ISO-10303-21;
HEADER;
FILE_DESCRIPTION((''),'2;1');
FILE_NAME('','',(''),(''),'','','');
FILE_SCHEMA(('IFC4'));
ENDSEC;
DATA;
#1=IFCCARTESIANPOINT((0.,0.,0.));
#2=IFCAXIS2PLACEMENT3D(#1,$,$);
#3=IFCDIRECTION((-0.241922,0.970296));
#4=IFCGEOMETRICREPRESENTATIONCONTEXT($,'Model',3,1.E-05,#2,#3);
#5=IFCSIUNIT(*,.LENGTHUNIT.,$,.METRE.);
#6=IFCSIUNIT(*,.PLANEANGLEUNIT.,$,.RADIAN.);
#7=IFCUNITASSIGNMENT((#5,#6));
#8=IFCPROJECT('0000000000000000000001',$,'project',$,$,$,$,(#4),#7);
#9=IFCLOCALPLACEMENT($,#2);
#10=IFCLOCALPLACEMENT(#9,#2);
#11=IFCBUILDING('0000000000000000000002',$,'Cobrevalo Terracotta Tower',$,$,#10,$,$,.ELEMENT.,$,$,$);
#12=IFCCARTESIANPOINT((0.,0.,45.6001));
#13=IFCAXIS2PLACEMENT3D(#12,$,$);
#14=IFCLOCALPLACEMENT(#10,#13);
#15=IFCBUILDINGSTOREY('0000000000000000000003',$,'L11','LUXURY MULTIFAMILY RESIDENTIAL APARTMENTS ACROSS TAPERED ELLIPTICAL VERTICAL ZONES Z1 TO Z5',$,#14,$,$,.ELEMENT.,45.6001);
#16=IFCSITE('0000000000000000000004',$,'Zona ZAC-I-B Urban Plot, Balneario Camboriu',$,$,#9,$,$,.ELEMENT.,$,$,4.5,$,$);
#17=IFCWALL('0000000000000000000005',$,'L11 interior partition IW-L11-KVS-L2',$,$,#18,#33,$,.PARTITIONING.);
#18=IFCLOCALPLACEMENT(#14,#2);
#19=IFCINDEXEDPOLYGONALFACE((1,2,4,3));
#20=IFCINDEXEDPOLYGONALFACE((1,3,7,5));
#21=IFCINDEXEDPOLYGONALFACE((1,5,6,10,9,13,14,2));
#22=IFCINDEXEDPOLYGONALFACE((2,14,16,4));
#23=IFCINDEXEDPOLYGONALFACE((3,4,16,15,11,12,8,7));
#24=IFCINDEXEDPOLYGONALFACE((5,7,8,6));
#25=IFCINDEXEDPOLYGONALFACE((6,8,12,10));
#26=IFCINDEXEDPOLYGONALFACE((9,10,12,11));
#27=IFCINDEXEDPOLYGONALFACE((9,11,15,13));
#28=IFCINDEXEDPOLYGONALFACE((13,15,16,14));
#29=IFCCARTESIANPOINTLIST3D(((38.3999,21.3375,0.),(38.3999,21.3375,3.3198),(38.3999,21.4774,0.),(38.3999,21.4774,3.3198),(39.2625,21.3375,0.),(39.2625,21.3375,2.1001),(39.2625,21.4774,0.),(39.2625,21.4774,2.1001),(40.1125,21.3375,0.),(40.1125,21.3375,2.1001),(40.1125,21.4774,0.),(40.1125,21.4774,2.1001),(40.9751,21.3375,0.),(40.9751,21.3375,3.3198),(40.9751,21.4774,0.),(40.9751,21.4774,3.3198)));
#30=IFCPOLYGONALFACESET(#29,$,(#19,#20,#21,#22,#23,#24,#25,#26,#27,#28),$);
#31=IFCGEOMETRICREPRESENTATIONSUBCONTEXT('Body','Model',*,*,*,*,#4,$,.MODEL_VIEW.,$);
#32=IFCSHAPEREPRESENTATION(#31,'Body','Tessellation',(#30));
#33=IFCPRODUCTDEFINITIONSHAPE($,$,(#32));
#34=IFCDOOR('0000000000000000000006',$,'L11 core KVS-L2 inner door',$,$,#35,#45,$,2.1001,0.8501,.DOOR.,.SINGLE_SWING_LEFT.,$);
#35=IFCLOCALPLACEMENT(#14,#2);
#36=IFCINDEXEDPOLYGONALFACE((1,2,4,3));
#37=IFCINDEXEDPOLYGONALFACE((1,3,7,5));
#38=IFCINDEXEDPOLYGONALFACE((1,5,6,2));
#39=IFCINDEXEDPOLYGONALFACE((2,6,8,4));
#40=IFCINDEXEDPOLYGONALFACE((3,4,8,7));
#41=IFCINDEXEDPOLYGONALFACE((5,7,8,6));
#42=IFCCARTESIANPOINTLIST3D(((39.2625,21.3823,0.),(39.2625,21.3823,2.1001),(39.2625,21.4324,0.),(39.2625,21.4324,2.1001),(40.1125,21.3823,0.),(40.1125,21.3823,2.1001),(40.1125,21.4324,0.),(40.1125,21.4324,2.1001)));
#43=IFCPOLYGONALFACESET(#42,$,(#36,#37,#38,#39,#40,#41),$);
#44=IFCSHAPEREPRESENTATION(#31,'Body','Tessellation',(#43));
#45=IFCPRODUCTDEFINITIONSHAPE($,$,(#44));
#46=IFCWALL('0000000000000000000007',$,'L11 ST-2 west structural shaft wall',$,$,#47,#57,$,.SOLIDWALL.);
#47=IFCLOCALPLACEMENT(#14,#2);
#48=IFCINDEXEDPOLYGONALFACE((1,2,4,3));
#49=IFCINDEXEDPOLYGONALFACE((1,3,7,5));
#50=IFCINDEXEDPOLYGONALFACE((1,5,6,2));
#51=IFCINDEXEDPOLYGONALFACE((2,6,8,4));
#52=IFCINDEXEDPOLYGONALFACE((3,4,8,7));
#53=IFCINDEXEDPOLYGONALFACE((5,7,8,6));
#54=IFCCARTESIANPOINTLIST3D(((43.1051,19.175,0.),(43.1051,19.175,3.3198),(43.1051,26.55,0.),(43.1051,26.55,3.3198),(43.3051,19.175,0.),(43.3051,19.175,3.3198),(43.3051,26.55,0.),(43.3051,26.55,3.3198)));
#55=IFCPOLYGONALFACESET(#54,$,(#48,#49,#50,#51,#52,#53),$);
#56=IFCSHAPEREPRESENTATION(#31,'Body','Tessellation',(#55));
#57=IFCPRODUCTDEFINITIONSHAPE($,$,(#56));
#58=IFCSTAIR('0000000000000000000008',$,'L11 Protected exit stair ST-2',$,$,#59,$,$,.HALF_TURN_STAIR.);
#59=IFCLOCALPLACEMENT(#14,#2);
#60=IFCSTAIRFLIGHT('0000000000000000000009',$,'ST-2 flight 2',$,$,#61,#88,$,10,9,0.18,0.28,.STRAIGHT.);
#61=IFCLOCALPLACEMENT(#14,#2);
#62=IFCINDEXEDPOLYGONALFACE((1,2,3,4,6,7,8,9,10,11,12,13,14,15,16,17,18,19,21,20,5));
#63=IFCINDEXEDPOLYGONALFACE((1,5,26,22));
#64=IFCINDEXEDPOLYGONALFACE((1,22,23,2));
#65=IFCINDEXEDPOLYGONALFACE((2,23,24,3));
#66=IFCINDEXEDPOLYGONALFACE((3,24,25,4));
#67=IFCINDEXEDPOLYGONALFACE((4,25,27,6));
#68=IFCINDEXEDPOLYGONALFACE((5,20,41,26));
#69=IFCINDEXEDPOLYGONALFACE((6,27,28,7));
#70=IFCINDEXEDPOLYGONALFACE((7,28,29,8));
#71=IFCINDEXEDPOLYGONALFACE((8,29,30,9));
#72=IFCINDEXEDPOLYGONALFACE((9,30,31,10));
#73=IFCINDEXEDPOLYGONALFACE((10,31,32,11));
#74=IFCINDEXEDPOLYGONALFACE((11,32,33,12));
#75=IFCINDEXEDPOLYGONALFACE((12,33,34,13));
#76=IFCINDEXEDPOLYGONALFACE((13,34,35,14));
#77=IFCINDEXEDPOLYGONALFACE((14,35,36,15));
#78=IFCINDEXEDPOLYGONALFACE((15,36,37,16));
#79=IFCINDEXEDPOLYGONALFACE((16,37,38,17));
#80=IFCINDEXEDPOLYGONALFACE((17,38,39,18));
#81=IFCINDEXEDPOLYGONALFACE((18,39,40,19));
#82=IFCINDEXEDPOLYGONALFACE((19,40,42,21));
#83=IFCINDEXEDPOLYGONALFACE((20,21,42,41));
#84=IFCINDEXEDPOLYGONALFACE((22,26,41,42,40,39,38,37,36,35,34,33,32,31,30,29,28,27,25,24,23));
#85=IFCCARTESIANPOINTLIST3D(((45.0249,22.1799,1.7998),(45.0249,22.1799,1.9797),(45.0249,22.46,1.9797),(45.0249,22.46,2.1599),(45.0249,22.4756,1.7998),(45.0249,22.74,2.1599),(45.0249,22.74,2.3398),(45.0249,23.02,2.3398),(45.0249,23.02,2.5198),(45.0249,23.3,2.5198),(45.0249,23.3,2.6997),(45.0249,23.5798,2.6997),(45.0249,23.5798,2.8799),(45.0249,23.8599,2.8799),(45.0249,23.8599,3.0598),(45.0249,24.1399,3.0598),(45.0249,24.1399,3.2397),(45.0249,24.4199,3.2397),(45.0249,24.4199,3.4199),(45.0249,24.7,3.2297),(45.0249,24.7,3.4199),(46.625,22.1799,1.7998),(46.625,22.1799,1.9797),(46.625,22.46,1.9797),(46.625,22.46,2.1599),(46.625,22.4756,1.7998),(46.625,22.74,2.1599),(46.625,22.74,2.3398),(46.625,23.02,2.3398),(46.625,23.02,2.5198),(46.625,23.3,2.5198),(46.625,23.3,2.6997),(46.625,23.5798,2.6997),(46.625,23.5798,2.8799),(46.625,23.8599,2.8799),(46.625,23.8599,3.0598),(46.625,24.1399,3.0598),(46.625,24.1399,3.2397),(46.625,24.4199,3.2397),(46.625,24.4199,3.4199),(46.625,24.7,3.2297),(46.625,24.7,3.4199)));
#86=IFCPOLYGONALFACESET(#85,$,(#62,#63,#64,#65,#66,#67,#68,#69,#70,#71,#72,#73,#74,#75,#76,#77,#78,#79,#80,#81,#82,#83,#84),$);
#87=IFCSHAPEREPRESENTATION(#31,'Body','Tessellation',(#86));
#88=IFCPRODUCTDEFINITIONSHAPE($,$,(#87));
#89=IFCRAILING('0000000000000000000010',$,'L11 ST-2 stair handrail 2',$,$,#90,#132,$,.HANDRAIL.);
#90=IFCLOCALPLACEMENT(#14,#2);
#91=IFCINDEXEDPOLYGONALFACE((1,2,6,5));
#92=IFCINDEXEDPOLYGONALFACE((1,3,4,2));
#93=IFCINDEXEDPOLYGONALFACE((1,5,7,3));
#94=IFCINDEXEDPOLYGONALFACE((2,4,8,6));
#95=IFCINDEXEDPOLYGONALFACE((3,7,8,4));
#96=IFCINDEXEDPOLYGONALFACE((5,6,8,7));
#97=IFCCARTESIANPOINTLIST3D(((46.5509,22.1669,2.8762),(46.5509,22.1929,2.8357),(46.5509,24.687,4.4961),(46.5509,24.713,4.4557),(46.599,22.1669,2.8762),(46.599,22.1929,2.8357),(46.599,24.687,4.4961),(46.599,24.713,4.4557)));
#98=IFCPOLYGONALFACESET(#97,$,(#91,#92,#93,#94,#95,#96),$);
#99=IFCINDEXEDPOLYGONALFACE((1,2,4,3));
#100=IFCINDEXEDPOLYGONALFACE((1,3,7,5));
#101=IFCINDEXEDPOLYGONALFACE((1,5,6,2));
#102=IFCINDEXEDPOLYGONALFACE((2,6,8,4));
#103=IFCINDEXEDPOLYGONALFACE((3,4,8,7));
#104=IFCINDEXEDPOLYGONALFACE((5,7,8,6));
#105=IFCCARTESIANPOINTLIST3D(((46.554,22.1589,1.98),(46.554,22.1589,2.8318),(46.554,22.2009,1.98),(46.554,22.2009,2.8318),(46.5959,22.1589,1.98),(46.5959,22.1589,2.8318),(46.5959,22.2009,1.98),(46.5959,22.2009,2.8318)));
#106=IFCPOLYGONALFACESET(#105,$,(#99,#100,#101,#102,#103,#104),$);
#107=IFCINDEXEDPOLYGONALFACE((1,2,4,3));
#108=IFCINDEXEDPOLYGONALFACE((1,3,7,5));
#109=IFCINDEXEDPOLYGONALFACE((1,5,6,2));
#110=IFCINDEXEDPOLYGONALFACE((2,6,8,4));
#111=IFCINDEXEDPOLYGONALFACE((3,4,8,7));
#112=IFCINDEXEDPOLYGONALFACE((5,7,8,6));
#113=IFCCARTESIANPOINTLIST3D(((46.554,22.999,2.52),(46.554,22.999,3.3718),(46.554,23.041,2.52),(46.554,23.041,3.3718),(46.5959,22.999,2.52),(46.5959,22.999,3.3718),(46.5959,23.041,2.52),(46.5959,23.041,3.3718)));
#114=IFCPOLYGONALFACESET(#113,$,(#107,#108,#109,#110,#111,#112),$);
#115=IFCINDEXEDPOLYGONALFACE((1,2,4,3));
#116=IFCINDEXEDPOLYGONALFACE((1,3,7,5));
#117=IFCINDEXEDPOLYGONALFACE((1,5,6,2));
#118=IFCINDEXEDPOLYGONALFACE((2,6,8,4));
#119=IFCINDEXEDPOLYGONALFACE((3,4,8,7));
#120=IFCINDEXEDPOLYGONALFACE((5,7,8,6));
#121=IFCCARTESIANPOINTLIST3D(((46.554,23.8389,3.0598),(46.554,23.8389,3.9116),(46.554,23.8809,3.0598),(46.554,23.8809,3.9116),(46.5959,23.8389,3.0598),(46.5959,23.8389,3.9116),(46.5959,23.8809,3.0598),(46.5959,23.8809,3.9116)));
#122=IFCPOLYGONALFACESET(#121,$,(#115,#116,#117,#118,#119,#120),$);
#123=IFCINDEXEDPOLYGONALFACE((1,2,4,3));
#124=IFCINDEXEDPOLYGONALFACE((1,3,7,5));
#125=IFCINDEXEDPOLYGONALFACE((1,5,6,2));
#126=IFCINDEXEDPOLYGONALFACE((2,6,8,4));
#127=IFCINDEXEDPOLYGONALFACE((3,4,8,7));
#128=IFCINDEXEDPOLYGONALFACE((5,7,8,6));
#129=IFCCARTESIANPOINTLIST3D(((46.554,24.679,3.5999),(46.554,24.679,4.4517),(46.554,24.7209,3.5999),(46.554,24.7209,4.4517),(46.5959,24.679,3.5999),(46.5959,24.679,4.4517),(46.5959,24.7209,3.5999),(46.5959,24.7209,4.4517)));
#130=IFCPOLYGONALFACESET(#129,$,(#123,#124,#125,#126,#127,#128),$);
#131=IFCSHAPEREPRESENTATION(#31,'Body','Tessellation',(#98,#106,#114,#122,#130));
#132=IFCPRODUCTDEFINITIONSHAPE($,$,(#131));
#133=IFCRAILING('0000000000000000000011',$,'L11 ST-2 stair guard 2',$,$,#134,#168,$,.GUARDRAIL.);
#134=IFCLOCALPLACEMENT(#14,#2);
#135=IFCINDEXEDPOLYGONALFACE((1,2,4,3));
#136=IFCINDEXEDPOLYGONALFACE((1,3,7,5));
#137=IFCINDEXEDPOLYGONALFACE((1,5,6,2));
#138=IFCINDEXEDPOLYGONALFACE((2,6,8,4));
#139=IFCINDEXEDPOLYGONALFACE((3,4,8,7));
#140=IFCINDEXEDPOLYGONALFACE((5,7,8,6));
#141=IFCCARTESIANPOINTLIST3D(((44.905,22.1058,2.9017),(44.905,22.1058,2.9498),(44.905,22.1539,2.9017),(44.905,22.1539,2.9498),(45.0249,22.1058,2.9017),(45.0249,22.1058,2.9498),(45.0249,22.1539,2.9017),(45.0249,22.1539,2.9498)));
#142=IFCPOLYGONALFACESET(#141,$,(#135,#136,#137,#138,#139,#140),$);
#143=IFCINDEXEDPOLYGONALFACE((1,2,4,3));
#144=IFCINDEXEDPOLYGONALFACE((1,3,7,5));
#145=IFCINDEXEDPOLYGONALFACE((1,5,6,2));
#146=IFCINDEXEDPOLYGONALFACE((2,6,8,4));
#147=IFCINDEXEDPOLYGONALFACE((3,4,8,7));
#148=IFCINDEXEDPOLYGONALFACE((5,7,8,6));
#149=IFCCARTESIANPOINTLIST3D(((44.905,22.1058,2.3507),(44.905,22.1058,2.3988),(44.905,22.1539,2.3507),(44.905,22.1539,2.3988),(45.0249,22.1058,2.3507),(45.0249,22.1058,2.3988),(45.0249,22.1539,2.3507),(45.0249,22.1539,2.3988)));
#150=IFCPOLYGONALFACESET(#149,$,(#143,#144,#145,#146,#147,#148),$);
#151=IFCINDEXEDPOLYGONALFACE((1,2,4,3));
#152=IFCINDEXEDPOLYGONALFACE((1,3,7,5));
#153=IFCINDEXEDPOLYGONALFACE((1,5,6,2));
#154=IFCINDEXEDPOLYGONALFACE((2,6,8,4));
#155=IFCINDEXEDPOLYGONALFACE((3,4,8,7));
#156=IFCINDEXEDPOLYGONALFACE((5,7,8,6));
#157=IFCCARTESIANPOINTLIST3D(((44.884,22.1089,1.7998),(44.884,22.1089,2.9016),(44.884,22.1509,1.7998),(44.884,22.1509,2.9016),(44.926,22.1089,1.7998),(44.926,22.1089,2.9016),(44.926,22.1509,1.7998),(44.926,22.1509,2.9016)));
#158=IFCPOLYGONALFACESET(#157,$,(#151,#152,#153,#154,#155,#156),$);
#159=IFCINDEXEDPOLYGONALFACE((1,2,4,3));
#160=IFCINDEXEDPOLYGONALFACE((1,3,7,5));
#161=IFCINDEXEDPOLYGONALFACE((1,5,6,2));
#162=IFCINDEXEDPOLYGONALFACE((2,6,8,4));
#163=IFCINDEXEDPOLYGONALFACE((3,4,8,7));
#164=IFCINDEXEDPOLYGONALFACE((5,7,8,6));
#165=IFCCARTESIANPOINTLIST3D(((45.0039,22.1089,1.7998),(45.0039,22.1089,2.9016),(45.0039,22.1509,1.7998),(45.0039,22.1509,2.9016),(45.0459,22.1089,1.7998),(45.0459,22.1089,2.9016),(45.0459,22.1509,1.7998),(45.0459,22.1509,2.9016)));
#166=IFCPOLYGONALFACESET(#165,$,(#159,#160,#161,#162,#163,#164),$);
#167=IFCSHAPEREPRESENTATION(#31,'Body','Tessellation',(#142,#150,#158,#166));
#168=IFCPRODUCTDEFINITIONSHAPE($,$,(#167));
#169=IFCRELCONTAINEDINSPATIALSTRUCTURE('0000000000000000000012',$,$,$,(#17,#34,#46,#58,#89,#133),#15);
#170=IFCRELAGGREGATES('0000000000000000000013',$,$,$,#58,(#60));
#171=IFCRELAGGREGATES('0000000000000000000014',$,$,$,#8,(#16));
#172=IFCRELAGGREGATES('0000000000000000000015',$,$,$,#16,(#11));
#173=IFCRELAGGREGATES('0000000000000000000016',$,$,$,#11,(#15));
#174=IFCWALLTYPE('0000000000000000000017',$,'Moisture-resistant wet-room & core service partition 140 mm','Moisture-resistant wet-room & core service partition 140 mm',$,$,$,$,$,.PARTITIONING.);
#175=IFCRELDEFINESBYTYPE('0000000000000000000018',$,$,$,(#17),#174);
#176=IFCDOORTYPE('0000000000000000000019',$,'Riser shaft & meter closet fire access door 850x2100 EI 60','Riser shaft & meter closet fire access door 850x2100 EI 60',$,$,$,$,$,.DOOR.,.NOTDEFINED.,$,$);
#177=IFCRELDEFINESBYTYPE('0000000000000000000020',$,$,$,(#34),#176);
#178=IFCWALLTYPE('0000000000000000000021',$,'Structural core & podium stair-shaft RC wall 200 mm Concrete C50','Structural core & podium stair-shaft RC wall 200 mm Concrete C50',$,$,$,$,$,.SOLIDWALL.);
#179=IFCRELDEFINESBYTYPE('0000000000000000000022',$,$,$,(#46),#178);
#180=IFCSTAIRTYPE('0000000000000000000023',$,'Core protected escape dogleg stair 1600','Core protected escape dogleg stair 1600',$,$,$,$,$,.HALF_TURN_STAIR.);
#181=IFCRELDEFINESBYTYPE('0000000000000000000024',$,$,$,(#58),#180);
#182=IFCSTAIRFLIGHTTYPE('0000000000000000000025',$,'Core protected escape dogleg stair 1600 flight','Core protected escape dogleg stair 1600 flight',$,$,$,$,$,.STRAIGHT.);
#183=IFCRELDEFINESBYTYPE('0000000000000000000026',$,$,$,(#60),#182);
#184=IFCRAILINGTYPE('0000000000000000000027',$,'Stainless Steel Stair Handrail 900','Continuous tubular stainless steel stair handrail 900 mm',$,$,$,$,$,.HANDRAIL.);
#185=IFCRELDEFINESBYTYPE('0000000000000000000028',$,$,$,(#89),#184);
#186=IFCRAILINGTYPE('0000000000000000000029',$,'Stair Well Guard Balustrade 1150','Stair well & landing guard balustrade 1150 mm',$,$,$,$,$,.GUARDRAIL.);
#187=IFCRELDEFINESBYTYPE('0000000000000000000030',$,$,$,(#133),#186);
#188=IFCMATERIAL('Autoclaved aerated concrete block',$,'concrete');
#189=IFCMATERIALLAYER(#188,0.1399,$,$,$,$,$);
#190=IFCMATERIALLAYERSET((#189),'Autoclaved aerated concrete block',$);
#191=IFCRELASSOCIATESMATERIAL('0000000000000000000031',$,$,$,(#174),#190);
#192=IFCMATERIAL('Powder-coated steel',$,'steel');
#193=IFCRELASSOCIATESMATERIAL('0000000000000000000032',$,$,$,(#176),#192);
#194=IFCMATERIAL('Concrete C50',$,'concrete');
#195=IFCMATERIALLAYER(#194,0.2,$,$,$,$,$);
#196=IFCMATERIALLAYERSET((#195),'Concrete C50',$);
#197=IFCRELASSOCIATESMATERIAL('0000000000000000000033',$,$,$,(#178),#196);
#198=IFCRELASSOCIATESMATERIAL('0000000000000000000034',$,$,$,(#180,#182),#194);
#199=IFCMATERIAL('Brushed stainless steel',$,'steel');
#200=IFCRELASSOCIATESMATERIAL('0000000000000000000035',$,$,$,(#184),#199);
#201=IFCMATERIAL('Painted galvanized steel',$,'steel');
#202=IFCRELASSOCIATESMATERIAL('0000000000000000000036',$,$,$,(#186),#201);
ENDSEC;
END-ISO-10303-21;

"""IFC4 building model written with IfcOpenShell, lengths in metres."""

from ifc_helpers import new_model, si_unit, direction, frame, frame_2d, origin, origin_2d, place, context, subcontext, project, spatial, polyline, rectangle, outline, extrude, source, transform, mapped, material, layer, layer_set, type_object, element, fill, aggregate, save


model = new_model("IFC4")

# Units and contexts
model_context = context("Model", 3, precision=1e-05, world=origin(), true_north=direction((-0.241922, 0.970296)))
body_context = subcontext(model_context, "Body", "Model", "MODEL_VIEW")
ifc_project = project(units=[si_unit("LENGTHUNIT", "METRE"), si_unit("PLANEANGLEUNIT", "RADIAN")], contexts=[model_context])

# Site, building, storey
site_placement = place(None, origin())
site = spatial("IfcSite", under=ifc_project, at=site_placement, Name="Zona ZAC-I-B Urban Plot, Balneario Camboriu", CompositionType="ELEMENT", RefElevation=4.5)
building_placement = place(site_placement, origin())
building = spatial("IfcBuilding", under=site, at=building_placement, Name="Cobrevalo Terracotta Tower", CompositionType="ELEMENT")
storey_placement = place(building_placement, frame((0.0, 0.0, 45.6001)))
storey = spatial("IfcBuildingStorey", under=building, at=storey_placement, Name="L11", Description="LUXURY MULTIFAMILY RESIDENTIAL APARTMENTS ACROSS TAPERED ELLIPTICAL VERTICAL ZONES Z1 TO Z5", CompositionType="ELEMENT", Elevation=45.6001)

# Shared definitions
ifc_material_1 = material(Name="Autoclaved aerated concrete block", Category="concrete")

# Shared definitions
ifc_layer_1 = layer(ifc_material_1, 0.1399)
ifc_layer_set_1 = layer_set([ifc_layer_1], Name="Autoclaved aerated concrete block")
wall_type_1 = type_object("IfcWallType", Name="Moisture-resistant wet-room & core service partition 140 mm", Description="Moisture-resistant wet-room & core service partition 140 mm", PredefinedType="PARTITIONING", material=ifc_layer_set_1)

# Wall, opening, door
wall_1_placement = place(storey_placement, frame((38.3999, 21.4075, 0.0), z_axis=(0.0, 0.0, 1.0), x_axis=(1.0, 0.0, 0.0)))
wall_1 = element("IfcWall", 1, at=wall_1_placement, inside=storey, type_object=wall_type_1, Name="L11 interior partition IW-L11-KVS-L2", PredefinedType="PARTITIONING", context=body_context, shape_type="SweptSolid", body=[
    extrude(rectangle(XDim=2.5752, YDim=0.1399, at=frame_2d((1.2876, 0.0))), origin(), (0.0, 0.0, 1.0), 3.3198),
])
opening_1_placement = place(wall_1_placement, frame((0.8625, 0.0, 0.0)))
opening_1 = element("IfcOpeningElement", 2, at=opening_1_placement, cuts=wall_1, PredefinedType="OPENING", context=body_context, shape_type="SweptSolid", body=[
    extrude(rectangle(XDim=0.8501, YDim=2.1001, at=frame_2d((0.425, 1.05))), frame((0.0, 0.0801, 0.0), z_axis=(0.0, -1.0, 0.0), x_axis=(1.0, 0.0, 0.0)), (0.0, 0.0, 1.0), 0.1599),
])
ifc_material_2 = material(Name="Powder-coated steel", Category="steel")
door_type_1 = type_object("IfcDoorType", Name="Riser shaft & meter closet fire access door 850x2100 EI 60", Description="Riser shaft & meter closet fire access door 850x2100 EI 60", OperationType="NOTDEFINED", PredefinedType="DOOR", material=ifc_material_2)
shared_shape_1 = source(origin(), body_context, "Body", "SweptSolid", [
    extrude(rectangle(XDim=0.8501, YDim=2.1001, at=frame_2d((0.425, 1.05))), frame((0.0, 0.0249, 0.0), z_axis=(0.0, -1.0, 0.0), x_axis=(1.0, 0.0, 0.0)), (0.0, 0.0, 1.0), 0.05),
])
door_1_placement = place(opening_1_placement, origin())
door_1 = element("IfcDoor", 3, at=door_1_placement, inside=storey, type_object=door_type_1, Name="L11 core KVS-L2 inner door", OperationType="SINGLE_SWING_LEFT", OverallHeight=2.1001, OverallWidth=0.8501, PredefinedType="DOOR", context=body_context, shape_type="MappedRepresentation", body=[
    mapped(shared_shape_1, transform((0.0, 0.0, 0.0), scale=1.0)),
])
fill(opening_1, door_1)

# Wall
ifc_material_3 = material(Name="Concrete C50", Category="concrete")
ifc_layer_2 = layer(ifc_material_3, 0.2)
ifc_layer_set_2 = layer_set([ifc_layer_2], Name="Concrete C50")
wall_type_2 = type_object("IfcWallType", Name="Structural core & podium stair-shaft RC wall 200 mm Concrete C50", Description="Structural core & podium stair-shaft RC wall 200 mm Concrete C50", PredefinedType="SOLIDWALL", material=ifc_layer_set_2)
wall_2_placement = place(storey_placement, frame((43.2051, 19.175, 0.0), z_axis=(0.0, 0.0, 1.0), x_axis=(0.0, 1.0, 0.0)))
element("IfcWall", 4, at=wall_2_placement, inside=storey, type_object=wall_type_2, Name="L11 ST-2 west structural shaft wall", PredefinedType="SOLIDWALL", context=body_context, shape_type="SweptSolid", body=[
    extrude(rectangle(XDim=7.375, YDim=0.2, at=frame_2d((3.6875, 0.0))), origin(), (0.0, 0.0, 1.0), 3.3198),
])

# Stair, stair flight
stair_type = type_object("IfcStairType", Name="Core protected escape dogleg stair 1600", Description="Core protected escape dogleg stair 1600", PredefinedType="HALF_TURN_STAIR", material=ifc_material_3)
stair_placement = place(storey_placement, origin())
stair = element("IfcStair", 5, at=stair_placement, inside=storey, type_object=stair_type, Name="L11 Protected exit stair ST-2", PredefinedType="HALF_TURN_STAIR")
stair_flight_type = type_object("IfcStairFlightType", Name="Core protected escape dogleg stair 1600 flight", Description="Core protected escape dogleg stair 1600 flight", PredefinedType="STRAIGHT", material=ifc_material_3)
stair_flight_placement = place(storey_placement, frame((45.825, 22.1799, 1.7998), z_axis=(0.0, 0.0, 1.0), x_axis=(0.0, 1.0, 0.0)))
stair_flight = element("IfcStairFlight", 6, at=stair_flight_placement, type_object=stair_flight_type, Name="ST-2 flight 2", NumberOfRisers=10, NumberOfTreads=9, PredefinedType="STRAIGHT", RiserHeight=0.18, TreadLength=0.28, context=body_context, shape_type="SweptSolid", body=[
    extrude(outline(polyline([(0.0, 0.0), (0.0, 0.1799), (0.28, 0.1799), (0.28, 0.3601), (0.5601, 0.3601), (0.5601, 0.54), (0.8401, 0.54), (0.8401, 0.72), (1.1201, 0.72), (1.1201, 0.8999), (1.3999, 0.8999), (1.3999, 1.0801), (1.6799, 1.0801), (1.6799, 1.26), (1.96, 1.26), (1.96, 1.4399), (2.24, 1.4399), (2.24, 1.6201), (2.52, 1.6201), (2.52, 1.8), (2.52, 1.4299), (0.2957, 0.0), (0.0, 0.0)])), frame((0.0, 0.8, 0.0), z_axis=(0.0, -1.0, 0.0), x_axis=(1.0, 0.0, 0.0)), (0.0, 0.0, 1.0), 1.6001),
])
aggregate(stair, [stair_flight])

# Railings
ifc_material_4 = material(Name="Brushed stainless steel", Category="steel")
railing_type_1 = type_object("IfcRailingType", Name="Stainless Steel Stair Handrail 900", Description="Continuous tubular stainless steel stair handrail 900 mm", PredefinedType="HANDRAIL", material=ifc_material_4)
railing_1_placement = place(storey_placement, frame((46.575, 22.1799, 1.98)))
element("IfcRailing", 7, at=railing_1_placement, inside=storey, type_object=railing_type_1, Name="L11 ST-2 stair handrail 2", PredefinedType="HANDRAIL", context=body_context, shape_type="SweptSolid", body=[
    extrude(rectangle(XDim=0.0481, YDim=0.0481, at=origin_2d()), frame((0.0, 0.0, 0.876), z_axis=(0.0, 0.8412, 0.540725), x_axis=(-1.0, 0.0, 0.0)), (0.0, 0.0, 1.0), 2.9958),
    extrude(rectangle(XDim=0.042, YDim=0.042, at=origin_2d()), origin(), (0.0, 0.0, 1.0), 0.8518),
    extrude(rectangle(XDim=0.042, YDim=0.042, at=origin_2d()), frame((0.0, 0.8401, 0.54)), (0.0, 0.0, 1.0), 0.8518),
    extrude(rectangle(XDim=0.042, YDim=0.042, at=origin_2d()), frame((0.0, 1.6799, 1.0798)), (0.0, 0.0, 1.0), 0.8518),
    extrude(rectangle(XDim=0.042, YDim=0.042, at=origin_2d()), frame((0.0, 2.52, 1.6199)), (0.0, 0.0, 1.0), 0.8518),
])
ifc_material_5 = material(Name="Painted galvanized steel", Category="steel")
railing_type_2 = type_object("IfcRailingType", Name="Stair Well Guard Balustrade 1150", Description="Stair well & landing guard balustrade 1150 mm", PredefinedType="GUARDRAIL", material=ifc_material_5)
railing_2_placement = place(storey_placement, frame((44.905, 22.1299, 1.7998)))
element("IfcRailing", 8, at=railing_2_placement, inside=storey, type_object=railing_type_2, Name="L11 ST-2 stair guard 2", PredefinedType="GUARDRAIL", context=body_context, shape_type="SweptSolid", body=[
    extrude(rectangle(XDim=0.0481, YDim=0.0481, at=origin_2d()), frame((0.0, 0.0, 1.126), z_axis=(1.0, 0.0, 0.0), x_axis=(0.0, 1.0, 0.0)), (0.0, 0.0, 1.0), 0.1199),
    extrude(rectangle(XDim=0.0481, YDim=0.0481, at=origin_2d()), frame((0.0, 0.0, 0.575), z_axis=(1.0, 0.0, 0.0), x_axis=(0.0, 1.0, 0.0)), (0.0, 0.0, 1.0), 0.1199),
    extrude(rectangle(XDim=0.042, YDim=0.042, at=origin_2d()), origin(), (0.0, 0.0, 1.0), 1.1018),
    extrude(rectangle(XDim=0.042, YDim=0.042, at=origin_2d()), frame((0.1199, 0.0, 0.0)), (0.0, 0.0, 1.0), 1.1018),
])

save(model, "model.ifc")
